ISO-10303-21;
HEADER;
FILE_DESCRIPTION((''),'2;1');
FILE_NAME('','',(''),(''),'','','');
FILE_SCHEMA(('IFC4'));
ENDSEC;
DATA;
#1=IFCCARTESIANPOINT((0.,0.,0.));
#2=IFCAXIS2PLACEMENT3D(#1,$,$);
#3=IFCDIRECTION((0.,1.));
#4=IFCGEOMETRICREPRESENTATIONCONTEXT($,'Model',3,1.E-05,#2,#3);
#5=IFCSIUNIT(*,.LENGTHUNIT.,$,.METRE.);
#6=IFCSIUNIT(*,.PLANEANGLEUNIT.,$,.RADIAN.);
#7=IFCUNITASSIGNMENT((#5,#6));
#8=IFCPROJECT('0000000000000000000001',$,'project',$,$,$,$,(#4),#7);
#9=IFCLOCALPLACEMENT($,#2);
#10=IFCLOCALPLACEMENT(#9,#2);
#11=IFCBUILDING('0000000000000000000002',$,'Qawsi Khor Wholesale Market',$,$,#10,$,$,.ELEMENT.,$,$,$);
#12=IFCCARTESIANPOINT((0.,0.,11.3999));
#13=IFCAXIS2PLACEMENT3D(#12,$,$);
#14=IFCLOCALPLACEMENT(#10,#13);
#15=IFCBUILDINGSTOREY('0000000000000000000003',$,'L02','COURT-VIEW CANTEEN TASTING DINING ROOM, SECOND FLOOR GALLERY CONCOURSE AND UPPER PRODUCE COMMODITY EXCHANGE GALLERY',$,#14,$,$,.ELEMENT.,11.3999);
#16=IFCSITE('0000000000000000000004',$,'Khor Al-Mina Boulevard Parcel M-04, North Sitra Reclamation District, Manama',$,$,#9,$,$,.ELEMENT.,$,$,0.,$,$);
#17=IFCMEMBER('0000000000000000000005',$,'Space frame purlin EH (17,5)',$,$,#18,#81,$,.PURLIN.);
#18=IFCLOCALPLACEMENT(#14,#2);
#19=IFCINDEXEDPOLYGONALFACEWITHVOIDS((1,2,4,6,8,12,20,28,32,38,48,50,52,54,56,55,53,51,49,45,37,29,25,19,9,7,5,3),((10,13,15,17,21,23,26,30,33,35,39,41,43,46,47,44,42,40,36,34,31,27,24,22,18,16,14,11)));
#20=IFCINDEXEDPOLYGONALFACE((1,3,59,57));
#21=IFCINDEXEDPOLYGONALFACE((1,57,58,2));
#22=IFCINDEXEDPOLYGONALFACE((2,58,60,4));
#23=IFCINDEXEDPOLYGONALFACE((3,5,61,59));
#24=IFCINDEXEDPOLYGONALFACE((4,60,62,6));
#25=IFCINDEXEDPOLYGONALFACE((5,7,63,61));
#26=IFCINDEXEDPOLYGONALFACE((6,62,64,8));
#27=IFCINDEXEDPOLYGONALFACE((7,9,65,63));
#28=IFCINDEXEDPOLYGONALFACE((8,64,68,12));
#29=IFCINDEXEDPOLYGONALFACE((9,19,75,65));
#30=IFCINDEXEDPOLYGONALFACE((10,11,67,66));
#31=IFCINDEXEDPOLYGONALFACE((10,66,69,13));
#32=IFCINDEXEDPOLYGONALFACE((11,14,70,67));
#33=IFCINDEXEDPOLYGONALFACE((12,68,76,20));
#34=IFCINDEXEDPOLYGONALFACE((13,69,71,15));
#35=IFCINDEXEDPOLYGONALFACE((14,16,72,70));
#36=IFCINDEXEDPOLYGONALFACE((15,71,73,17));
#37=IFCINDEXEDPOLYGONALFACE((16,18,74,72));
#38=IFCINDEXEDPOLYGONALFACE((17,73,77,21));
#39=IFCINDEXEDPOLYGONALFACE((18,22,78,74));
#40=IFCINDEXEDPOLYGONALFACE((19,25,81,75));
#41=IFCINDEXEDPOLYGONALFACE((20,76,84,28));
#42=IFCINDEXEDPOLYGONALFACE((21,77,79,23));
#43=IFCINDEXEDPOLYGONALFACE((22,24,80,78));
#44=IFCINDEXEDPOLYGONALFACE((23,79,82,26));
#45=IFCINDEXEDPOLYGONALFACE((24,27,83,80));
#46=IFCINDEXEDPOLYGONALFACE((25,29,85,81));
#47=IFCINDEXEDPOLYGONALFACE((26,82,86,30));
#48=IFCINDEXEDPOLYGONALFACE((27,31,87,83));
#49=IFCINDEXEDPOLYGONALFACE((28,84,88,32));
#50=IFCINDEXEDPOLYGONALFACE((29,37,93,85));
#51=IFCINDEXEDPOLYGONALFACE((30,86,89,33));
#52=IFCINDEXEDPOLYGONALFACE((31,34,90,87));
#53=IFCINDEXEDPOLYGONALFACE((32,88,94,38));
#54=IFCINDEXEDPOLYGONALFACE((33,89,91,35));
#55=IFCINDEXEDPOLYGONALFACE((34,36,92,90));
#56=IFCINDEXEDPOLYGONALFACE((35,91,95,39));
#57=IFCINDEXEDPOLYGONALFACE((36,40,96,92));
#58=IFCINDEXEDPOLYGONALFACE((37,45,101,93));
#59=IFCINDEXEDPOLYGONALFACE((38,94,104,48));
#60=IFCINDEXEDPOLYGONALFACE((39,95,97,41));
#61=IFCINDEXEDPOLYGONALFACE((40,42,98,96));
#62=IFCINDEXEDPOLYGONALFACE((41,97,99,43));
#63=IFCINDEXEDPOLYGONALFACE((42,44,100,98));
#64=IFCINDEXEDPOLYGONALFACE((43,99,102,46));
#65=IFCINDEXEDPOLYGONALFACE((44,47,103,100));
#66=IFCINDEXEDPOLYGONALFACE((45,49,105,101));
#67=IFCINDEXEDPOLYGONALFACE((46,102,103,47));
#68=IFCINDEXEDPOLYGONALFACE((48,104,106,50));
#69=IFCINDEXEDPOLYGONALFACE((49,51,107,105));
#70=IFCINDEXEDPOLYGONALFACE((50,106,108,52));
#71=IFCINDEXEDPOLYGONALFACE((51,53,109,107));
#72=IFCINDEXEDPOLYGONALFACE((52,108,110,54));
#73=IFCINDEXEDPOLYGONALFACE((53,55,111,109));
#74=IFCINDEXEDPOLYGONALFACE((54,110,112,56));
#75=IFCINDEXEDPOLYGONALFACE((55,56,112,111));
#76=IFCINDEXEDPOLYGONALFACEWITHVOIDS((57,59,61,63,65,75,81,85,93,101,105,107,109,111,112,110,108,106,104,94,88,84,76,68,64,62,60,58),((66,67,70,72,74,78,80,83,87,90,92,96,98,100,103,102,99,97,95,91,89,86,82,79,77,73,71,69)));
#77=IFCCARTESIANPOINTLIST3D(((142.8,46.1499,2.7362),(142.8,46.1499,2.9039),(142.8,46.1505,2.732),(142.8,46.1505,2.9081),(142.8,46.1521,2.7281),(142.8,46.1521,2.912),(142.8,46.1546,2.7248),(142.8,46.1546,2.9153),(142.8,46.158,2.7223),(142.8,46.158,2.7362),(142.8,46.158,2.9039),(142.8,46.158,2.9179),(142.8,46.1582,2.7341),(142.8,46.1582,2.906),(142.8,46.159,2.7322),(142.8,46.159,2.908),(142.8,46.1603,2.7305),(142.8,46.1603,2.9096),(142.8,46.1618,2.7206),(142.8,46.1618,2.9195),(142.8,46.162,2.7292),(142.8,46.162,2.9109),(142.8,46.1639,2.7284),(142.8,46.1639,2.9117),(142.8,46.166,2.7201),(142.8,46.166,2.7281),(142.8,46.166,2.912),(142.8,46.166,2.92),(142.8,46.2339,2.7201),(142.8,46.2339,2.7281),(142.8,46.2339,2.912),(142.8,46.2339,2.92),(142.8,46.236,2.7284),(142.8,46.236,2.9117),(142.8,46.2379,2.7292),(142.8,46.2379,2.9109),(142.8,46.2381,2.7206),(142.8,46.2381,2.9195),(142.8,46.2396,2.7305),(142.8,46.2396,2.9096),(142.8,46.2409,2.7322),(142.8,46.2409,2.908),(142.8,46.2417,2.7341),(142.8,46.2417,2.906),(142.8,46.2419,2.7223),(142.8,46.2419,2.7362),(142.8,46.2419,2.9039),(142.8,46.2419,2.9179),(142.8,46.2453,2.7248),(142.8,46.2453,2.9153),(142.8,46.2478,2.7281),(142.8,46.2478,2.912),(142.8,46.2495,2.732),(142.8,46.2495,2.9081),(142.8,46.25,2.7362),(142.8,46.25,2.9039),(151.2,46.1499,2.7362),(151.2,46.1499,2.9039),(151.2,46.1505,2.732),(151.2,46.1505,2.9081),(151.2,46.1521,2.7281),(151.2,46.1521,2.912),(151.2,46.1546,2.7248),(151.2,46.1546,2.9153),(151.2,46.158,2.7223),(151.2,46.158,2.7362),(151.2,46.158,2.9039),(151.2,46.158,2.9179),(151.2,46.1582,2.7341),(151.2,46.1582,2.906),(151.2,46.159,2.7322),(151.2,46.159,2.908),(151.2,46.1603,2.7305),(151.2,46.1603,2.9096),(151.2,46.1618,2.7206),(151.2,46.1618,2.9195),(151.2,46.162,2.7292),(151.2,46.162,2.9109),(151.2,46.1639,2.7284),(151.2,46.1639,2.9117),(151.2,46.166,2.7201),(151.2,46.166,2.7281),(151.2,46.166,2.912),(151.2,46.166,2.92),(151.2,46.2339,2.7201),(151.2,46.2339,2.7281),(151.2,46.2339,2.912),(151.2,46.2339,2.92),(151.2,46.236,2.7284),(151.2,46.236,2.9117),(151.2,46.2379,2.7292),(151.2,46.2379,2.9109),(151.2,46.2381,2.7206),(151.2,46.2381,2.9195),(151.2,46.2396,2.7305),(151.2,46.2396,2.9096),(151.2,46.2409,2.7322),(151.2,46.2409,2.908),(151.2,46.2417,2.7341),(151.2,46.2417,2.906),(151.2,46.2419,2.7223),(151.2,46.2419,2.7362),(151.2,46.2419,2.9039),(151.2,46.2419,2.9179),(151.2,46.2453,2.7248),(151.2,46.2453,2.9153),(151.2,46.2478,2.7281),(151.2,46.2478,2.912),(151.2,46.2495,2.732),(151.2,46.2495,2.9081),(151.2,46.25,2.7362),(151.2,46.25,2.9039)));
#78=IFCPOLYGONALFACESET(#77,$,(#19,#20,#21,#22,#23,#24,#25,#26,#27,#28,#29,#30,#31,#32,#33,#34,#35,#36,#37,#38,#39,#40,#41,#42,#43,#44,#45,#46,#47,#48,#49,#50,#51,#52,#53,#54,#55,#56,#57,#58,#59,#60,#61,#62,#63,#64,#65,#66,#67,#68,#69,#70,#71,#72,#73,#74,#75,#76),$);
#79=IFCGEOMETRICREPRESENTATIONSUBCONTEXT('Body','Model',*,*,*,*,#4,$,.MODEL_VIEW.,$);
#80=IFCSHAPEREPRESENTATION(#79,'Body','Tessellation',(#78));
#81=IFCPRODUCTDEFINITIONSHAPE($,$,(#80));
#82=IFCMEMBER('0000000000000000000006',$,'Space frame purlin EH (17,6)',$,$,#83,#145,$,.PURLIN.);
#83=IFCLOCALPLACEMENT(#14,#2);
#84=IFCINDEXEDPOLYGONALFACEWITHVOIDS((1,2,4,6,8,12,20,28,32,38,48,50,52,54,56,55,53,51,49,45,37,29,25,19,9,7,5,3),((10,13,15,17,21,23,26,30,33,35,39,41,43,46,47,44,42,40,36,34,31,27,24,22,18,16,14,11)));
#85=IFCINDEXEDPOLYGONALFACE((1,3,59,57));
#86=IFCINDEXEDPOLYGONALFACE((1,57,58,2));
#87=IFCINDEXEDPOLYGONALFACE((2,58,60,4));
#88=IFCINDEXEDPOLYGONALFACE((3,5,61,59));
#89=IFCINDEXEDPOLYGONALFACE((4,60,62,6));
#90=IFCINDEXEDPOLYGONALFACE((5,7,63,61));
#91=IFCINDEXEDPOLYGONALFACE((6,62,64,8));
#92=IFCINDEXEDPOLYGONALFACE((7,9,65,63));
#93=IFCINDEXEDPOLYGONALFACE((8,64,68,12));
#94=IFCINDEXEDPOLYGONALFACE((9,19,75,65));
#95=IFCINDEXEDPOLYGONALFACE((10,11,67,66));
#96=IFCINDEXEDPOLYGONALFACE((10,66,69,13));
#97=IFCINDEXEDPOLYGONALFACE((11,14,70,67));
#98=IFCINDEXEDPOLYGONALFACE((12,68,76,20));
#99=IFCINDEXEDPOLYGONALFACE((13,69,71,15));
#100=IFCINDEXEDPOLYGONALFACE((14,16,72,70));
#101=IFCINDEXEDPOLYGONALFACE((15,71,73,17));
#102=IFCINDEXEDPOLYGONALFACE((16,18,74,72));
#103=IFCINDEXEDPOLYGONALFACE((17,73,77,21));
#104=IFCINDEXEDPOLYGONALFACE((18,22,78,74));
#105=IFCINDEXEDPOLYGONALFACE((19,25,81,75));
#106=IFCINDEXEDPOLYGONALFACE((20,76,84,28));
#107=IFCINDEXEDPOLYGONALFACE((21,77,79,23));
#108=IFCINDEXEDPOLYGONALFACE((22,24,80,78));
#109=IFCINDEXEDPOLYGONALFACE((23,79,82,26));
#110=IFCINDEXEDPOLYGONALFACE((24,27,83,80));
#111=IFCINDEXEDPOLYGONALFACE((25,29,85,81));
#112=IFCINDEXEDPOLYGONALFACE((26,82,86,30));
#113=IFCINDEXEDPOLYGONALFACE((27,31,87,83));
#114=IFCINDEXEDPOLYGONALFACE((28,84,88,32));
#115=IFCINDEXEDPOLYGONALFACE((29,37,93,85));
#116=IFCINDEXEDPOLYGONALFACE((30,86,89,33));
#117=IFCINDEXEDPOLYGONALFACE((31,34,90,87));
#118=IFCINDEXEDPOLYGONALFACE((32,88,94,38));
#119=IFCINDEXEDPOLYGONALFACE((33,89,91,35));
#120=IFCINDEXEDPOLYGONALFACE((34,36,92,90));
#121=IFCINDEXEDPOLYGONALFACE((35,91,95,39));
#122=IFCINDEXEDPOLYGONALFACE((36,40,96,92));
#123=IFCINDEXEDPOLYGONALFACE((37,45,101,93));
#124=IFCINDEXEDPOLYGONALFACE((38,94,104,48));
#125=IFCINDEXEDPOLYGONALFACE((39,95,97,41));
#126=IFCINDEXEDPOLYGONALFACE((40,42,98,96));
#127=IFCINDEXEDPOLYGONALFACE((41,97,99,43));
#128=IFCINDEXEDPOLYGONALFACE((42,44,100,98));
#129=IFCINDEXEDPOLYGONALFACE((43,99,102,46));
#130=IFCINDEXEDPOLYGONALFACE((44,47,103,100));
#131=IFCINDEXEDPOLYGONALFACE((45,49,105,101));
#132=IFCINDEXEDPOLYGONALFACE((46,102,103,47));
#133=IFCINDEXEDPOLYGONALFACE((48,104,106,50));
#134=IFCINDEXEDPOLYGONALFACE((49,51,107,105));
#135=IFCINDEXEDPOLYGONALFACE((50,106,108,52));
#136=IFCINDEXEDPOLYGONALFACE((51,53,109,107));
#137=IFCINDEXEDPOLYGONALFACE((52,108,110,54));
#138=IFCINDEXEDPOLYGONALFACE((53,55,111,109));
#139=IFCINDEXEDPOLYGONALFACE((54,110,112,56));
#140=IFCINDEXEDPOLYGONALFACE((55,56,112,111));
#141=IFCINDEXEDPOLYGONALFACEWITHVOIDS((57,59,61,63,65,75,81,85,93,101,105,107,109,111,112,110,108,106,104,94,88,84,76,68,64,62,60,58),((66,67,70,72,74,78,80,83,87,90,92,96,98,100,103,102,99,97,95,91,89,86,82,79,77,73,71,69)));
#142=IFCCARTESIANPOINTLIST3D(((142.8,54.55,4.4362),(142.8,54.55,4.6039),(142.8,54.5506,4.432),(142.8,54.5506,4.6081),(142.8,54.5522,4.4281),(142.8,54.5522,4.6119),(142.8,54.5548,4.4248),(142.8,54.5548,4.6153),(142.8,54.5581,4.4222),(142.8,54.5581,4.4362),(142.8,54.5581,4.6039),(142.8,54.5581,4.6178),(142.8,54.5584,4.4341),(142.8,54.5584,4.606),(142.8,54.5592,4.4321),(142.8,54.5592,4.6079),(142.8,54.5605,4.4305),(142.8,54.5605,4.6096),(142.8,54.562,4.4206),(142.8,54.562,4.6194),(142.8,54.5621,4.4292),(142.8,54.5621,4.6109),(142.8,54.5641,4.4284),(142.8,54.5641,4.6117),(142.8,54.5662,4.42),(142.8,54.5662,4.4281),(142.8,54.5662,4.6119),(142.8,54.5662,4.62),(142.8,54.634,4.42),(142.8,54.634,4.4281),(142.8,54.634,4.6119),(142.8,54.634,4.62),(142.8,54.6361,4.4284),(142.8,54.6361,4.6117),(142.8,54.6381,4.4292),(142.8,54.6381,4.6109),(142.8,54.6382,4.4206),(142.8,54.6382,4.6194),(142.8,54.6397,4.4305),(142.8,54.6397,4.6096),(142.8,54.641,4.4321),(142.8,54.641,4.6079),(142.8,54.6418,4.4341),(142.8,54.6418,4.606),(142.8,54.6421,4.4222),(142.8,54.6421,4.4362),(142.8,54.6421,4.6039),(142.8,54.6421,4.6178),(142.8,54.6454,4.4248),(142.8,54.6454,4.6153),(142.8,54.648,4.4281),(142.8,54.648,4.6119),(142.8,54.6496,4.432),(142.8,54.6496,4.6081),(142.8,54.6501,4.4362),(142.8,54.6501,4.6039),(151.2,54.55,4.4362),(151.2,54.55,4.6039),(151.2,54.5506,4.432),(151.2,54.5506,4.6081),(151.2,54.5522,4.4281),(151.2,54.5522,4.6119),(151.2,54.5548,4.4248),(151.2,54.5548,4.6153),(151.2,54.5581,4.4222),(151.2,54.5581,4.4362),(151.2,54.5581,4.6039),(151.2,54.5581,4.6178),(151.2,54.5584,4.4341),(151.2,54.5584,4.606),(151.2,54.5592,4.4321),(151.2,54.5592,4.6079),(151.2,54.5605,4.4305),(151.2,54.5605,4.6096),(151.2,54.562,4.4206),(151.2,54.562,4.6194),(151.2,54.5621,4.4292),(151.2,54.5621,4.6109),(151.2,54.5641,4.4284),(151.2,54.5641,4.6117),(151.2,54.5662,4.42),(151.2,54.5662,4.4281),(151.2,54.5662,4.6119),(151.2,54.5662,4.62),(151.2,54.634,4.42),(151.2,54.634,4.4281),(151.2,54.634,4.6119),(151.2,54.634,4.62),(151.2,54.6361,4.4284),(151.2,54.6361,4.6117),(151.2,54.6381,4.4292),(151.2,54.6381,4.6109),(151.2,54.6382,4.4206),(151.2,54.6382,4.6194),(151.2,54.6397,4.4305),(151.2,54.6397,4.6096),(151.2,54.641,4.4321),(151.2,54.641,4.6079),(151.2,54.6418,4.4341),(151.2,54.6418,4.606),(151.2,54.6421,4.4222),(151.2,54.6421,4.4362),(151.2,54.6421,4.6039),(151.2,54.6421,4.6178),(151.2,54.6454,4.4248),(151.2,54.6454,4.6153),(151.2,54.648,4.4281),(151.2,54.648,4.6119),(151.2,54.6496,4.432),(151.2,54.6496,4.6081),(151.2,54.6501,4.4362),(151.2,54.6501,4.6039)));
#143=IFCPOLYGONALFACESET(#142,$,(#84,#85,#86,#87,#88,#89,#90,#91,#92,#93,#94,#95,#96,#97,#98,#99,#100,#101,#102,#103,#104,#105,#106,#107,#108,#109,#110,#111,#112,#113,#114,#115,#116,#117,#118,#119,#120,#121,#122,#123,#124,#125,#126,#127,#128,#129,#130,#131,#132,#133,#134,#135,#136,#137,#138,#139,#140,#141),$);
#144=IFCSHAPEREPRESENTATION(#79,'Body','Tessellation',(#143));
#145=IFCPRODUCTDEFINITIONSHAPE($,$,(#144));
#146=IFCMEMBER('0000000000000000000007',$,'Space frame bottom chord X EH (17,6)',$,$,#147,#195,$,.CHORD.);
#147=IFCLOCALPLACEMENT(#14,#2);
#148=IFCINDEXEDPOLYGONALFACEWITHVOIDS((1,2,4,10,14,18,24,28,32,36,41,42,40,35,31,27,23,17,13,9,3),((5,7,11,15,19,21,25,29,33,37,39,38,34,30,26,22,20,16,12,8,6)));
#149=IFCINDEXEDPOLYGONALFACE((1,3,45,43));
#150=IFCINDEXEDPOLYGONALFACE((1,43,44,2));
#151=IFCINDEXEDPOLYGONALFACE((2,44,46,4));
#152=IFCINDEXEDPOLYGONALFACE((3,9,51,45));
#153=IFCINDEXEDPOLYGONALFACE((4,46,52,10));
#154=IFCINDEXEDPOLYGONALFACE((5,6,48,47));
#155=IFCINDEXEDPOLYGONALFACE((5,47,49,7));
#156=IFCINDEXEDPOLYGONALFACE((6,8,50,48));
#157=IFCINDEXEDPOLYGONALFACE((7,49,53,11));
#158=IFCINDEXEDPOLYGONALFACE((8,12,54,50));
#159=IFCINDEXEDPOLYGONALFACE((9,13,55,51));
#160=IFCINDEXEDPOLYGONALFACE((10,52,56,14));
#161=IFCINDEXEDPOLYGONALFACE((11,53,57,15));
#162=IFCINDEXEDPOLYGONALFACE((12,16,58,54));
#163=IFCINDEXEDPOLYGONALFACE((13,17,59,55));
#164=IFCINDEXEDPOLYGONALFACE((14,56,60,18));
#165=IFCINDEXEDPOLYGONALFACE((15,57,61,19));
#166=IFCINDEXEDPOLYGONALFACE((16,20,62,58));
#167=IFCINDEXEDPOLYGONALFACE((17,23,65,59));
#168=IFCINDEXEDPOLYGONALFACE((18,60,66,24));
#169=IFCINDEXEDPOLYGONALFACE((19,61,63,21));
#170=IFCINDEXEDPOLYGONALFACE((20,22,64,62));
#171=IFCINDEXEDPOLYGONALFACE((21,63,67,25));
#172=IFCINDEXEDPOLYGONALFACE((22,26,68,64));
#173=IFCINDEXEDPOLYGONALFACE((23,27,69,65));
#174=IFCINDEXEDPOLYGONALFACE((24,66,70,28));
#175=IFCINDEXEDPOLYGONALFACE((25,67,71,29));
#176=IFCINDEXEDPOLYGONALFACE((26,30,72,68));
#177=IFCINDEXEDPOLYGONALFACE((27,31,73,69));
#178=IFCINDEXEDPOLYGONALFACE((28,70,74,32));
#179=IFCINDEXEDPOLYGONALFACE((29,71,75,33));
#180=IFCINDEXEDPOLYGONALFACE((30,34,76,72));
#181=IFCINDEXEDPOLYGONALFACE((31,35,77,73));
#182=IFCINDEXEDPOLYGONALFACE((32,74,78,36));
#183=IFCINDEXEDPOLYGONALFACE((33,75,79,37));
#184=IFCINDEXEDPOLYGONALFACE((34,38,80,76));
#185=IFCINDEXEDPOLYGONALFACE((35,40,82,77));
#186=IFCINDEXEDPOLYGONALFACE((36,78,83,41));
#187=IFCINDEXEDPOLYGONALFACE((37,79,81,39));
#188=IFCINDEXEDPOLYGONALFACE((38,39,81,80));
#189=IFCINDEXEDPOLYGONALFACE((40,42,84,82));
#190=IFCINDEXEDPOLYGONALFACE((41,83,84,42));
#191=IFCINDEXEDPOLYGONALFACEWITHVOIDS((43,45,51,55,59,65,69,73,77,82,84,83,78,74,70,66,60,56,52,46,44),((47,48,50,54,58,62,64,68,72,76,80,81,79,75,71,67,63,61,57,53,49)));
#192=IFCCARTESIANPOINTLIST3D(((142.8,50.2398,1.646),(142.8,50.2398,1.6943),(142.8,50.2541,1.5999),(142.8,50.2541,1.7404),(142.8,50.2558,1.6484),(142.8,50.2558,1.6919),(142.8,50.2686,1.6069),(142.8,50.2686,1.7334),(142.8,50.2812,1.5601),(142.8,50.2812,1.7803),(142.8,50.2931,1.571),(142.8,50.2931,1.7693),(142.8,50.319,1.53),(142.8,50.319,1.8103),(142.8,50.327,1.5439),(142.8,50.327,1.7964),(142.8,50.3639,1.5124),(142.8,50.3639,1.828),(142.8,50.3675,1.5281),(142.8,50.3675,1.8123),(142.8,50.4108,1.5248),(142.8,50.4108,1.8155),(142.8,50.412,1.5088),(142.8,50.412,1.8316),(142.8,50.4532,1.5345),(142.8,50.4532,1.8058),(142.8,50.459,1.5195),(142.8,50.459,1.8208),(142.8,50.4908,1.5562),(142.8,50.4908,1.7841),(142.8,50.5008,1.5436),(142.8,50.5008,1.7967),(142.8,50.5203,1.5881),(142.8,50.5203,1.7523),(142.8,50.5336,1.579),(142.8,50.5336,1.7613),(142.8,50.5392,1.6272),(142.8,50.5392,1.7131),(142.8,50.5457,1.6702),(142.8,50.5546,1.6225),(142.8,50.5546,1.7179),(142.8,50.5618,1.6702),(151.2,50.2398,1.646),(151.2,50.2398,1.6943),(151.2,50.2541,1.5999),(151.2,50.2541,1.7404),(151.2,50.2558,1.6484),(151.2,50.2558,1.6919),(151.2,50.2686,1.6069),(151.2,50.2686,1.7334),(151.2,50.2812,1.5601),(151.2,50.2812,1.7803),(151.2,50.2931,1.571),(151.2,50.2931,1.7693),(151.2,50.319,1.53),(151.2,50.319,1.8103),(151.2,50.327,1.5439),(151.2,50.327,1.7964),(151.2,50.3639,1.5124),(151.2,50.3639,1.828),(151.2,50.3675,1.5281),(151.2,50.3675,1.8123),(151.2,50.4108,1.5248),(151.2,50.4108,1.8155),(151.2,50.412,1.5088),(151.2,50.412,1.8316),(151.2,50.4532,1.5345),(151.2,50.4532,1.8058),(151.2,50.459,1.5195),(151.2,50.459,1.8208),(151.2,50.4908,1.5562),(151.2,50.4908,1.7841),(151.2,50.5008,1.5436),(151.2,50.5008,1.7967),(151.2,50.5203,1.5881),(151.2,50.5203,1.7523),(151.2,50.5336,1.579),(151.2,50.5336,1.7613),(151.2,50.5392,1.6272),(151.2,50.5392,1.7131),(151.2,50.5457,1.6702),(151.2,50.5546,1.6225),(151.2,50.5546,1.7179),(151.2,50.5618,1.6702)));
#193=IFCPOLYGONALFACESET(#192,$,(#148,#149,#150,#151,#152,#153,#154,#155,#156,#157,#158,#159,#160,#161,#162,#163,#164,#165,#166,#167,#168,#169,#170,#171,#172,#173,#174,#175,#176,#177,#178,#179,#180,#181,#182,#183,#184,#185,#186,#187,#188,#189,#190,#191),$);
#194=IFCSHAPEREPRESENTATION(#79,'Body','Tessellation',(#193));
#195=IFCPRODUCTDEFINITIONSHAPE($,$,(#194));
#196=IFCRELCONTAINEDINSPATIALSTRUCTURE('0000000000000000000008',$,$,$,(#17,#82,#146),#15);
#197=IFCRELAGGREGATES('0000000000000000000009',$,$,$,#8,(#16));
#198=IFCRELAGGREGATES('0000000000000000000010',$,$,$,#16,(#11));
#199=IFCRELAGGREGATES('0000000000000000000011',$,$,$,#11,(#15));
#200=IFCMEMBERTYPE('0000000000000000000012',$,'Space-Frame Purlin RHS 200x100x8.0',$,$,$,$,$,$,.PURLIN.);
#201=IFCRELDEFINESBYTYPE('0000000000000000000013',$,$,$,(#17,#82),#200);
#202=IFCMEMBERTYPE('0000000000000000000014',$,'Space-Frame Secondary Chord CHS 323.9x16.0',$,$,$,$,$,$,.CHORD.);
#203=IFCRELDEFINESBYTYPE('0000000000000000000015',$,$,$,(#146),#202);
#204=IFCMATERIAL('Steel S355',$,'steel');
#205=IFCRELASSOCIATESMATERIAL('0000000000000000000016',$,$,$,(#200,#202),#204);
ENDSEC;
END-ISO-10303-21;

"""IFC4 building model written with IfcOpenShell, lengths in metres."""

from ifc_helpers import new_model, si_unit, direction, frame, origin, origin_2d, place, context, subcontext, project, spatial, hollow_rectangle, hollow_circle, extrude, material, material_profile, profile_set, type_object, element, save


model = new_model("IFC4")

# Units and contexts
model_context = context("Model", 3, precision=1e-05, world=origin(), true_north=direction((0.0, 1.0)))
body_context = subcontext(model_context, "Body", "Model", "MODEL_VIEW")
ifc_project = project(units=[si_unit("LENGTHUNIT", "METRE"), si_unit("PLANEANGLEUNIT", "RADIAN")], contexts=[model_context])

# Site, building, storey
site_placement = place(None, origin())
site = spatial("IfcSite", under=ifc_project, at=site_placement, Name="Khor Al-Mina Boulevard Parcel M-04, North Sitra Reclamation District, Manama", CompositionType="ELEMENT", RefElevation=0.0)
building_placement = place(site_placement, origin())
building = spatial("IfcBuilding", under=site, at=building_placement, Name="Qawsi Khor Wholesale Market", CompositionType="ELEMENT")
storey_placement = place(building_placement, frame((0.0, 0.0, 11.3999)))
storey = spatial("IfcBuildingStorey", under=building, at=storey_placement, Name="L02", Description="COURT-VIEW CANTEEN TASTING DINING ROOM, SECOND FLOOR GALLERY CONCOURSE AND UPPER PRODUCE COMMODITY EXCHANGE GALLERY", CompositionType="ELEMENT", Elevation=11.3999)

# Members
ifc_material_1 = material(Name="Steel S355", Category="steel")
ifc_material_profile_1 = material_profile(ifc_material_1, hollow_rectangle(XDim=0.1001, YDim=0.2, WallThickness=0.0081, InnerFilletRadius=0.0081, OuterFilletRadius=0.0161, at=origin_2d()), Name="RHS 200x100x8.0")
ifc_profile_set_1 = profile_set([ifc_material_profile_1], Name="Steel S355")
member_type_1 = type_object("IfcMemberType", Name="Space-Frame Purlin RHS 200x100x8.0", PredefinedType="PURLIN", material=ifc_profile_set_1)
for number, where, z_axis, x_axis, name in (
    (1, (142.8, 46.2, 2.8201), (1.0, 0.0, 0.0), (0.0, 1.0, 0.0), "Space frame purlin EH (17,5)"),
    (2, (142.8, 54.6001, 4.52), (1.0, 0.0, 0.0), (0.0, 1.0, 0.0), "Space frame purlin EH (17,6)"),
):
    element("IfcMember", number, at=place(storey_placement, frame(where, z_axis=z_axis, x_axis=x_axis)), inside=storey, type_object=member_type_1, Name=name, PredefinedType="PURLIN", context=body_context, shape_type="SweptSolid", body=[
        extrude(hollow_rectangle(XDim=0.1001, YDim=0.2, WallThickness=0.0081, InnerFilletRadius=0.0081, OuterFilletRadius=0.0161, at=origin_2d()), origin(), (0.0, 0.0, 1.0), 8.3999),
    ])
ifc_material_profile_2 = material_profile(ifc_material_1, hollow_circle(Radius=0.1619, WallThickness=0.0161, at=origin_2d()), Name="CHS 323.9x16.0")
ifc_profile_set_2 = profile_set([ifc_material_profile_2], Name="Steel S355")
member_type_2 = type_object("IfcMemberType", Name="Space-Frame Secondary Chord CHS 323.9x16.0", PredefinedType="CHORD", material=ifc_profile_set_2)
member_1_placement = place(storey_placement, frame((142.8, 50.3999, 1.6702), z_axis=(1.0, 0.0, 0.0), x_axis=(0.0, 1.0, 0.0)))
element("IfcMember", 3, at=member_1_placement, inside=storey, type_object=member_type_2, Name="Space frame bottom chord X EH (17,6)", PredefinedType="CHORD", context=body_context, shape_type="SweptSolid", body=[
    extrude(hollow_circle(Radius=0.1619, WallThickness=0.0161, at=origin_2d()), origin(), (0.0, 0.0, 1.0), 8.3999),
])

save(model, "model.ifc")
